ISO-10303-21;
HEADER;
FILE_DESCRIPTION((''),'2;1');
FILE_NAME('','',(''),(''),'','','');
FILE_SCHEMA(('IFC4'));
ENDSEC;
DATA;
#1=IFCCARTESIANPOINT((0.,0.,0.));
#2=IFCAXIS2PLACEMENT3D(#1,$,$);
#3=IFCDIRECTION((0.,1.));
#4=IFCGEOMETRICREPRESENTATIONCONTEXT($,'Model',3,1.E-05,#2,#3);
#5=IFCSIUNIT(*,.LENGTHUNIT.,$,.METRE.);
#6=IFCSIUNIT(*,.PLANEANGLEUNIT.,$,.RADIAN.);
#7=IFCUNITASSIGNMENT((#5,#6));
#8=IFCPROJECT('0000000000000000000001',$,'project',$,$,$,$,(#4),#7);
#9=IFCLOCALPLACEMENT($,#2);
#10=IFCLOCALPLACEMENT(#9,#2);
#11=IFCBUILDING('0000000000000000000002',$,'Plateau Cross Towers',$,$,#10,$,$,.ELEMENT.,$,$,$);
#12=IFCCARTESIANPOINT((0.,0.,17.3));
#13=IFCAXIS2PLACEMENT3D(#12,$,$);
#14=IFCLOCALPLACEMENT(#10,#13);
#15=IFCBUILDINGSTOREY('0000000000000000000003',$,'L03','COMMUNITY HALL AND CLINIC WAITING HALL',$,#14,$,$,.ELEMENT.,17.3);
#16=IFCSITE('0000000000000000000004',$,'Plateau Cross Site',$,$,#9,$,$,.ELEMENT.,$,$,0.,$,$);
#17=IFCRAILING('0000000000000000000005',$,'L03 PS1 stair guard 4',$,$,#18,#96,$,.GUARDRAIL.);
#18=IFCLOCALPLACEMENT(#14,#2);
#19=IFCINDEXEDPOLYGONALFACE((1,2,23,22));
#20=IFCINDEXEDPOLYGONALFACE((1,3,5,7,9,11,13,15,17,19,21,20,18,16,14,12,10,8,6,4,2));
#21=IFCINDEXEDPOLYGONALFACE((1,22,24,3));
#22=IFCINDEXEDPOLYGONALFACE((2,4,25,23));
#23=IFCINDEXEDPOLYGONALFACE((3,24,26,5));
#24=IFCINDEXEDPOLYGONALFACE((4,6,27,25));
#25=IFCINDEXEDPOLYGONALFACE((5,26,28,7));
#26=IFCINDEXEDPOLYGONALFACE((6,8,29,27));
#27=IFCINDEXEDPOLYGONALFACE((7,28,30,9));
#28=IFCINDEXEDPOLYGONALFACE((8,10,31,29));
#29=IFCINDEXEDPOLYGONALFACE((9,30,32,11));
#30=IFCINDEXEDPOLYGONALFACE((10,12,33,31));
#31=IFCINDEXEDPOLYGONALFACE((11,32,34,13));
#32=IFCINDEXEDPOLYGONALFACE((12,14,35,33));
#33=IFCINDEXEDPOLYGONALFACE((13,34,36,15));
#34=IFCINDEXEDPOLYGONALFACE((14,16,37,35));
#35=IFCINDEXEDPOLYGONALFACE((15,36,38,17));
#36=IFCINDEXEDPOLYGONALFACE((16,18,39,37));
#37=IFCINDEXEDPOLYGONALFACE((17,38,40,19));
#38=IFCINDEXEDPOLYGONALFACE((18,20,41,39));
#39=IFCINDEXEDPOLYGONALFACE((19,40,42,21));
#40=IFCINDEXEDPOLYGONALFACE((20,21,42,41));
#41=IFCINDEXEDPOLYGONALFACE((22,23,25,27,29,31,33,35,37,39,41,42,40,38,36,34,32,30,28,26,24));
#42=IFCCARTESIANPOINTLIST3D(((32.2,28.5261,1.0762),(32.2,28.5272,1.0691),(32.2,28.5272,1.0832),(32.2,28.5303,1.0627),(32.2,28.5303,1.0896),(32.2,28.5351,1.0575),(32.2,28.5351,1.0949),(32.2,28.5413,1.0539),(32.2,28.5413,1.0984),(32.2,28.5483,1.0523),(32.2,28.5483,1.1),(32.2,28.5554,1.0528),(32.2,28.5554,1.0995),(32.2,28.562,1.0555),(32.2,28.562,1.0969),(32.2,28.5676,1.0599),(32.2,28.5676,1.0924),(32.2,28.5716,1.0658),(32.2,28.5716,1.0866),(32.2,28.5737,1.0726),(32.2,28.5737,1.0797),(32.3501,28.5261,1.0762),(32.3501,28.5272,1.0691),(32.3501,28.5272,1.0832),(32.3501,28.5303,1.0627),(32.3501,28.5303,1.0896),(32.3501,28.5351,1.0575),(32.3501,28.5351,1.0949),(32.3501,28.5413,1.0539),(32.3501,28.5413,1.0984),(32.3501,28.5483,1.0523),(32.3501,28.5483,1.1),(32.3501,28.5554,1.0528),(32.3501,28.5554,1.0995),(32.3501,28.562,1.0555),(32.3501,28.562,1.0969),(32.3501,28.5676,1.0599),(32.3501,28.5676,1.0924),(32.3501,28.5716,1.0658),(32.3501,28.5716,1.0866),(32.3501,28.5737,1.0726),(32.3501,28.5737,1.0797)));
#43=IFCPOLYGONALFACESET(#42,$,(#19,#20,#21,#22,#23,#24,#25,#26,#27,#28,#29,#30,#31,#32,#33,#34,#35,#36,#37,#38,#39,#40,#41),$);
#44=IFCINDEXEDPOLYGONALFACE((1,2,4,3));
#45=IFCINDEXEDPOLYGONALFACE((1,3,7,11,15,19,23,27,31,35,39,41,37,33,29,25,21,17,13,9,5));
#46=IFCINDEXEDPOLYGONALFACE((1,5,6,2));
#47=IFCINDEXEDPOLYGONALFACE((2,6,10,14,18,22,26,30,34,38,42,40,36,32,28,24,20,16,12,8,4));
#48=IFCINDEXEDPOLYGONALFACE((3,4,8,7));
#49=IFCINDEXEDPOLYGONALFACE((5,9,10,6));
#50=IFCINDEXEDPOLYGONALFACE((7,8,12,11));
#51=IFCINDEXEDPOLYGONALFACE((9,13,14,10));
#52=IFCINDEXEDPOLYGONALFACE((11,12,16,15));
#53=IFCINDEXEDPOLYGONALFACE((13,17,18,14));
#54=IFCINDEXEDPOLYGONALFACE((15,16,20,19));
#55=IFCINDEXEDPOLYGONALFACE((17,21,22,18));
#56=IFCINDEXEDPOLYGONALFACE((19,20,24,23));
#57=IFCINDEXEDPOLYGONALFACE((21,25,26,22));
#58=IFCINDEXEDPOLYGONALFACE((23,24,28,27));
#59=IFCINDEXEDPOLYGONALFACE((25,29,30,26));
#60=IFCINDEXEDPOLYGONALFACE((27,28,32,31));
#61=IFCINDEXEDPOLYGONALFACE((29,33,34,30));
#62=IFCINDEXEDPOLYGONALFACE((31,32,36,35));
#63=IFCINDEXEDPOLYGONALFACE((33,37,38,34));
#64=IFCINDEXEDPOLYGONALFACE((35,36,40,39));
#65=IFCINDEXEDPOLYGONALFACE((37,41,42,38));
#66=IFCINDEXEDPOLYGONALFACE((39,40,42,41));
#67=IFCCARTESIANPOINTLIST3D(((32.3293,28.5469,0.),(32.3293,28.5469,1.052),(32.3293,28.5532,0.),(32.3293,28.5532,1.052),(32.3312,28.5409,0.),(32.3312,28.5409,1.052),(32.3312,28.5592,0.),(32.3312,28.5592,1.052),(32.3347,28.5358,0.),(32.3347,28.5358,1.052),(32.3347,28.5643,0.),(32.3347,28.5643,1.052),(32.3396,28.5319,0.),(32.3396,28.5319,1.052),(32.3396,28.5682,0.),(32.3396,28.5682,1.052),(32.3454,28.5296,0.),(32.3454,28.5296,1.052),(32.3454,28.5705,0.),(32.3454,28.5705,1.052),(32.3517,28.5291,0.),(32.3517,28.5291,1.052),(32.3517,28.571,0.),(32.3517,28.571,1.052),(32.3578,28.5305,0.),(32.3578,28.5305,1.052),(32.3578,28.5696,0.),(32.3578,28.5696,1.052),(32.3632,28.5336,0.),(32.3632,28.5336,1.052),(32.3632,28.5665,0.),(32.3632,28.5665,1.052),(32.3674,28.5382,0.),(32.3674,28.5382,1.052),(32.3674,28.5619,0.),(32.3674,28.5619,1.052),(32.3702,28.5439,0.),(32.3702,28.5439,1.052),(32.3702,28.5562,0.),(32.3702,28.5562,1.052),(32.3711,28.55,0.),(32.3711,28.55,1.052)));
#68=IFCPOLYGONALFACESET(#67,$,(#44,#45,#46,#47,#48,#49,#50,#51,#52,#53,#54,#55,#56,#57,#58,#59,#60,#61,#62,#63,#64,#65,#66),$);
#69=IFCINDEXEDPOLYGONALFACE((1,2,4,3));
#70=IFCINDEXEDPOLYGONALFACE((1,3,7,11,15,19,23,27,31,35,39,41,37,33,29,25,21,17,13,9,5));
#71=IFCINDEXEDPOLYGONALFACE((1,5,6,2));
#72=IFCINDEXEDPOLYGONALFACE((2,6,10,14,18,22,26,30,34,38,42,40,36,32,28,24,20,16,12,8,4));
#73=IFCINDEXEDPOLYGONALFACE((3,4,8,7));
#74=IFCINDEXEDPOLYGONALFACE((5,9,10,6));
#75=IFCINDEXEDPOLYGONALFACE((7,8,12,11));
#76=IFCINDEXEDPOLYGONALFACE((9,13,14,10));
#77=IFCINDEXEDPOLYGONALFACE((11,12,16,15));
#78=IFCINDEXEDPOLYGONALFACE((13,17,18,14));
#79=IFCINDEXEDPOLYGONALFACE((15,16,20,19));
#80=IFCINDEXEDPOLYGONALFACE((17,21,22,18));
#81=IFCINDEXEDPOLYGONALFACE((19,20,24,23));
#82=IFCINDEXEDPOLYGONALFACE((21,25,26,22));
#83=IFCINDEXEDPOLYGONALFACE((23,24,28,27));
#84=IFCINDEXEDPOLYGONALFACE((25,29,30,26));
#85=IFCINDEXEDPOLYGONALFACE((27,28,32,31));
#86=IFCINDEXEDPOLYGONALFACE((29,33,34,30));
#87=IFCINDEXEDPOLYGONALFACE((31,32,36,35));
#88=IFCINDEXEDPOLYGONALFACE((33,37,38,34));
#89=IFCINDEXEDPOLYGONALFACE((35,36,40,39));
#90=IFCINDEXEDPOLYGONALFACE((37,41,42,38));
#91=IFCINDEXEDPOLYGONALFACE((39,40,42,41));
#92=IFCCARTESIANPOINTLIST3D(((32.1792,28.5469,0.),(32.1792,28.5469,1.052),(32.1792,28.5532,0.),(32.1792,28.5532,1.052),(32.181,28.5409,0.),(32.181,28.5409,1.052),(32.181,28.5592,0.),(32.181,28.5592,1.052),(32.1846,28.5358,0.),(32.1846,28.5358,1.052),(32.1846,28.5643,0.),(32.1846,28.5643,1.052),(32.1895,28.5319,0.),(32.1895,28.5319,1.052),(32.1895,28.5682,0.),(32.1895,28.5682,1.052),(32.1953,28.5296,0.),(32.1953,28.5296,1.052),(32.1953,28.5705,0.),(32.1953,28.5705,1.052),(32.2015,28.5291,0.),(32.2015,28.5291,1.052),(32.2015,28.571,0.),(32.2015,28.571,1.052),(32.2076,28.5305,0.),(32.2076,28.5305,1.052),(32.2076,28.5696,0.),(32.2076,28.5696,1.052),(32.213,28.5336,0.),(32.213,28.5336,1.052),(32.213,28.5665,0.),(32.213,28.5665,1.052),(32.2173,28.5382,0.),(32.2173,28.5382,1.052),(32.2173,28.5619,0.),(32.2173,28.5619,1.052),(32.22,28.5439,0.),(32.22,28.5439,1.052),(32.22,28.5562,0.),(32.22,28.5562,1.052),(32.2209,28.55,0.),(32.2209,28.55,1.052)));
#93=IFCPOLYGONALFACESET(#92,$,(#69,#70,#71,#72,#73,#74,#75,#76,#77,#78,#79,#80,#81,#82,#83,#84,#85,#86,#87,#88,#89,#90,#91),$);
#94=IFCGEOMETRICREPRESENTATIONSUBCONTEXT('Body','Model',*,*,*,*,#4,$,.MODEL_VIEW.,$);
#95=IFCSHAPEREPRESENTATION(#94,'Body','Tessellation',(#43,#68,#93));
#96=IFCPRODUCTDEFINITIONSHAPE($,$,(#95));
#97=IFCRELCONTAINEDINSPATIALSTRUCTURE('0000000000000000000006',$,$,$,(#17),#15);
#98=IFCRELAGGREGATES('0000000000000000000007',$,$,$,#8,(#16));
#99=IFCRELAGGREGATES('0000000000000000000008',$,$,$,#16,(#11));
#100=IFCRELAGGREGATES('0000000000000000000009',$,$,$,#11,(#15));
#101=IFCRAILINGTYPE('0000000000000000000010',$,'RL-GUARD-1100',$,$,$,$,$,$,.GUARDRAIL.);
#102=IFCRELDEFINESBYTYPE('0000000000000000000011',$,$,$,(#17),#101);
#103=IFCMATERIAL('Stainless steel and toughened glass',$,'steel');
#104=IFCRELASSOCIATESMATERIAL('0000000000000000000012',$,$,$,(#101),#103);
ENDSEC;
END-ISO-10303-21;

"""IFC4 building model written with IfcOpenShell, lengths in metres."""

from ifc_helpers import new_model, si_unit, direction, frame, origin, origin_2d, place, context, subcontext, project, spatial, circle, extrude, material, type_object, element, save


model = new_model("IFC4")

# Units and contexts
model_context = context("Model", 3, precision=1e-05, world=origin(), true_north=direction((0.0, 1.0)))
body_context = subcontext(model_context, "Body", "Model", "MODEL_VIEW")
ifc_project = project(units=[si_unit("LENGTHUNIT", "METRE"), si_unit("PLANEANGLEUNIT", "RADIAN")], contexts=[model_context])

# Site, building, storey
site_placement = place(None, origin())
site = spatial("IfcSite", under=ifc_project, at=site_placement, Name="Plateau Cross Site", CompositionType="ELEMENT", RefElevation=0.0)
building_placement = place(site_placement, origin())
building = spatial("IfcBuilding", under=site, at=building_placement, Name="Plateau Cross Towers", CompositionType="ELEMENT")
storey_placement = place(building_placement, frame((0.0, 0.0, 17.3)))
storey = spatial("IfcBuildingStorey", under=building, at=storey_placement, Name="L03", Description="COMMUNITY HALL AND CLINIC WAITING HALL", CompositionType="ELEMENT", Elevation=17.3)

# Railing
ifc_material_1 = material(Name="Stainless steel and toughened glass", Category="steel")
railing_type_1 = type_object("IfcRailingType", Name="RL-GUARD-1100", PredefinedType="GUARDRAIL", material=ifc_material_1)
railing_1_placement = place(storey_placement, frame((32.3501, 28.55, 0.0)))
element("IfcRailing", 1, at=railing_1_placement, inside=storey, type_object=railing_type_1, Name="L03 PS1 stair guard 4", PredefinedType="GUARDRAIL", context=body_context, shape_type="SweptSolid", body=[
    extrude(circle(Radius=0.0239, at=origin_2d()), frame((0.0, 0.0, 1.0762), z_axis=(-1.0, 0.0, 0.0), x_axis=(0.0, -1.0, 0.0)), (0.0, 0.0, 1.0), 0.1501),
    extrude(circle(Radius=0.021, at=origin_2d()), origin(), (0.0, 0.0, 1.0), 1.052),
    extrude(circle(Radius=0.021, at=origin_2d()), frame((-0.1501, 0.0, 0.0)), (0.0, 0.0, 1.0), 1.052),
])

save(model, "model.ifc")
